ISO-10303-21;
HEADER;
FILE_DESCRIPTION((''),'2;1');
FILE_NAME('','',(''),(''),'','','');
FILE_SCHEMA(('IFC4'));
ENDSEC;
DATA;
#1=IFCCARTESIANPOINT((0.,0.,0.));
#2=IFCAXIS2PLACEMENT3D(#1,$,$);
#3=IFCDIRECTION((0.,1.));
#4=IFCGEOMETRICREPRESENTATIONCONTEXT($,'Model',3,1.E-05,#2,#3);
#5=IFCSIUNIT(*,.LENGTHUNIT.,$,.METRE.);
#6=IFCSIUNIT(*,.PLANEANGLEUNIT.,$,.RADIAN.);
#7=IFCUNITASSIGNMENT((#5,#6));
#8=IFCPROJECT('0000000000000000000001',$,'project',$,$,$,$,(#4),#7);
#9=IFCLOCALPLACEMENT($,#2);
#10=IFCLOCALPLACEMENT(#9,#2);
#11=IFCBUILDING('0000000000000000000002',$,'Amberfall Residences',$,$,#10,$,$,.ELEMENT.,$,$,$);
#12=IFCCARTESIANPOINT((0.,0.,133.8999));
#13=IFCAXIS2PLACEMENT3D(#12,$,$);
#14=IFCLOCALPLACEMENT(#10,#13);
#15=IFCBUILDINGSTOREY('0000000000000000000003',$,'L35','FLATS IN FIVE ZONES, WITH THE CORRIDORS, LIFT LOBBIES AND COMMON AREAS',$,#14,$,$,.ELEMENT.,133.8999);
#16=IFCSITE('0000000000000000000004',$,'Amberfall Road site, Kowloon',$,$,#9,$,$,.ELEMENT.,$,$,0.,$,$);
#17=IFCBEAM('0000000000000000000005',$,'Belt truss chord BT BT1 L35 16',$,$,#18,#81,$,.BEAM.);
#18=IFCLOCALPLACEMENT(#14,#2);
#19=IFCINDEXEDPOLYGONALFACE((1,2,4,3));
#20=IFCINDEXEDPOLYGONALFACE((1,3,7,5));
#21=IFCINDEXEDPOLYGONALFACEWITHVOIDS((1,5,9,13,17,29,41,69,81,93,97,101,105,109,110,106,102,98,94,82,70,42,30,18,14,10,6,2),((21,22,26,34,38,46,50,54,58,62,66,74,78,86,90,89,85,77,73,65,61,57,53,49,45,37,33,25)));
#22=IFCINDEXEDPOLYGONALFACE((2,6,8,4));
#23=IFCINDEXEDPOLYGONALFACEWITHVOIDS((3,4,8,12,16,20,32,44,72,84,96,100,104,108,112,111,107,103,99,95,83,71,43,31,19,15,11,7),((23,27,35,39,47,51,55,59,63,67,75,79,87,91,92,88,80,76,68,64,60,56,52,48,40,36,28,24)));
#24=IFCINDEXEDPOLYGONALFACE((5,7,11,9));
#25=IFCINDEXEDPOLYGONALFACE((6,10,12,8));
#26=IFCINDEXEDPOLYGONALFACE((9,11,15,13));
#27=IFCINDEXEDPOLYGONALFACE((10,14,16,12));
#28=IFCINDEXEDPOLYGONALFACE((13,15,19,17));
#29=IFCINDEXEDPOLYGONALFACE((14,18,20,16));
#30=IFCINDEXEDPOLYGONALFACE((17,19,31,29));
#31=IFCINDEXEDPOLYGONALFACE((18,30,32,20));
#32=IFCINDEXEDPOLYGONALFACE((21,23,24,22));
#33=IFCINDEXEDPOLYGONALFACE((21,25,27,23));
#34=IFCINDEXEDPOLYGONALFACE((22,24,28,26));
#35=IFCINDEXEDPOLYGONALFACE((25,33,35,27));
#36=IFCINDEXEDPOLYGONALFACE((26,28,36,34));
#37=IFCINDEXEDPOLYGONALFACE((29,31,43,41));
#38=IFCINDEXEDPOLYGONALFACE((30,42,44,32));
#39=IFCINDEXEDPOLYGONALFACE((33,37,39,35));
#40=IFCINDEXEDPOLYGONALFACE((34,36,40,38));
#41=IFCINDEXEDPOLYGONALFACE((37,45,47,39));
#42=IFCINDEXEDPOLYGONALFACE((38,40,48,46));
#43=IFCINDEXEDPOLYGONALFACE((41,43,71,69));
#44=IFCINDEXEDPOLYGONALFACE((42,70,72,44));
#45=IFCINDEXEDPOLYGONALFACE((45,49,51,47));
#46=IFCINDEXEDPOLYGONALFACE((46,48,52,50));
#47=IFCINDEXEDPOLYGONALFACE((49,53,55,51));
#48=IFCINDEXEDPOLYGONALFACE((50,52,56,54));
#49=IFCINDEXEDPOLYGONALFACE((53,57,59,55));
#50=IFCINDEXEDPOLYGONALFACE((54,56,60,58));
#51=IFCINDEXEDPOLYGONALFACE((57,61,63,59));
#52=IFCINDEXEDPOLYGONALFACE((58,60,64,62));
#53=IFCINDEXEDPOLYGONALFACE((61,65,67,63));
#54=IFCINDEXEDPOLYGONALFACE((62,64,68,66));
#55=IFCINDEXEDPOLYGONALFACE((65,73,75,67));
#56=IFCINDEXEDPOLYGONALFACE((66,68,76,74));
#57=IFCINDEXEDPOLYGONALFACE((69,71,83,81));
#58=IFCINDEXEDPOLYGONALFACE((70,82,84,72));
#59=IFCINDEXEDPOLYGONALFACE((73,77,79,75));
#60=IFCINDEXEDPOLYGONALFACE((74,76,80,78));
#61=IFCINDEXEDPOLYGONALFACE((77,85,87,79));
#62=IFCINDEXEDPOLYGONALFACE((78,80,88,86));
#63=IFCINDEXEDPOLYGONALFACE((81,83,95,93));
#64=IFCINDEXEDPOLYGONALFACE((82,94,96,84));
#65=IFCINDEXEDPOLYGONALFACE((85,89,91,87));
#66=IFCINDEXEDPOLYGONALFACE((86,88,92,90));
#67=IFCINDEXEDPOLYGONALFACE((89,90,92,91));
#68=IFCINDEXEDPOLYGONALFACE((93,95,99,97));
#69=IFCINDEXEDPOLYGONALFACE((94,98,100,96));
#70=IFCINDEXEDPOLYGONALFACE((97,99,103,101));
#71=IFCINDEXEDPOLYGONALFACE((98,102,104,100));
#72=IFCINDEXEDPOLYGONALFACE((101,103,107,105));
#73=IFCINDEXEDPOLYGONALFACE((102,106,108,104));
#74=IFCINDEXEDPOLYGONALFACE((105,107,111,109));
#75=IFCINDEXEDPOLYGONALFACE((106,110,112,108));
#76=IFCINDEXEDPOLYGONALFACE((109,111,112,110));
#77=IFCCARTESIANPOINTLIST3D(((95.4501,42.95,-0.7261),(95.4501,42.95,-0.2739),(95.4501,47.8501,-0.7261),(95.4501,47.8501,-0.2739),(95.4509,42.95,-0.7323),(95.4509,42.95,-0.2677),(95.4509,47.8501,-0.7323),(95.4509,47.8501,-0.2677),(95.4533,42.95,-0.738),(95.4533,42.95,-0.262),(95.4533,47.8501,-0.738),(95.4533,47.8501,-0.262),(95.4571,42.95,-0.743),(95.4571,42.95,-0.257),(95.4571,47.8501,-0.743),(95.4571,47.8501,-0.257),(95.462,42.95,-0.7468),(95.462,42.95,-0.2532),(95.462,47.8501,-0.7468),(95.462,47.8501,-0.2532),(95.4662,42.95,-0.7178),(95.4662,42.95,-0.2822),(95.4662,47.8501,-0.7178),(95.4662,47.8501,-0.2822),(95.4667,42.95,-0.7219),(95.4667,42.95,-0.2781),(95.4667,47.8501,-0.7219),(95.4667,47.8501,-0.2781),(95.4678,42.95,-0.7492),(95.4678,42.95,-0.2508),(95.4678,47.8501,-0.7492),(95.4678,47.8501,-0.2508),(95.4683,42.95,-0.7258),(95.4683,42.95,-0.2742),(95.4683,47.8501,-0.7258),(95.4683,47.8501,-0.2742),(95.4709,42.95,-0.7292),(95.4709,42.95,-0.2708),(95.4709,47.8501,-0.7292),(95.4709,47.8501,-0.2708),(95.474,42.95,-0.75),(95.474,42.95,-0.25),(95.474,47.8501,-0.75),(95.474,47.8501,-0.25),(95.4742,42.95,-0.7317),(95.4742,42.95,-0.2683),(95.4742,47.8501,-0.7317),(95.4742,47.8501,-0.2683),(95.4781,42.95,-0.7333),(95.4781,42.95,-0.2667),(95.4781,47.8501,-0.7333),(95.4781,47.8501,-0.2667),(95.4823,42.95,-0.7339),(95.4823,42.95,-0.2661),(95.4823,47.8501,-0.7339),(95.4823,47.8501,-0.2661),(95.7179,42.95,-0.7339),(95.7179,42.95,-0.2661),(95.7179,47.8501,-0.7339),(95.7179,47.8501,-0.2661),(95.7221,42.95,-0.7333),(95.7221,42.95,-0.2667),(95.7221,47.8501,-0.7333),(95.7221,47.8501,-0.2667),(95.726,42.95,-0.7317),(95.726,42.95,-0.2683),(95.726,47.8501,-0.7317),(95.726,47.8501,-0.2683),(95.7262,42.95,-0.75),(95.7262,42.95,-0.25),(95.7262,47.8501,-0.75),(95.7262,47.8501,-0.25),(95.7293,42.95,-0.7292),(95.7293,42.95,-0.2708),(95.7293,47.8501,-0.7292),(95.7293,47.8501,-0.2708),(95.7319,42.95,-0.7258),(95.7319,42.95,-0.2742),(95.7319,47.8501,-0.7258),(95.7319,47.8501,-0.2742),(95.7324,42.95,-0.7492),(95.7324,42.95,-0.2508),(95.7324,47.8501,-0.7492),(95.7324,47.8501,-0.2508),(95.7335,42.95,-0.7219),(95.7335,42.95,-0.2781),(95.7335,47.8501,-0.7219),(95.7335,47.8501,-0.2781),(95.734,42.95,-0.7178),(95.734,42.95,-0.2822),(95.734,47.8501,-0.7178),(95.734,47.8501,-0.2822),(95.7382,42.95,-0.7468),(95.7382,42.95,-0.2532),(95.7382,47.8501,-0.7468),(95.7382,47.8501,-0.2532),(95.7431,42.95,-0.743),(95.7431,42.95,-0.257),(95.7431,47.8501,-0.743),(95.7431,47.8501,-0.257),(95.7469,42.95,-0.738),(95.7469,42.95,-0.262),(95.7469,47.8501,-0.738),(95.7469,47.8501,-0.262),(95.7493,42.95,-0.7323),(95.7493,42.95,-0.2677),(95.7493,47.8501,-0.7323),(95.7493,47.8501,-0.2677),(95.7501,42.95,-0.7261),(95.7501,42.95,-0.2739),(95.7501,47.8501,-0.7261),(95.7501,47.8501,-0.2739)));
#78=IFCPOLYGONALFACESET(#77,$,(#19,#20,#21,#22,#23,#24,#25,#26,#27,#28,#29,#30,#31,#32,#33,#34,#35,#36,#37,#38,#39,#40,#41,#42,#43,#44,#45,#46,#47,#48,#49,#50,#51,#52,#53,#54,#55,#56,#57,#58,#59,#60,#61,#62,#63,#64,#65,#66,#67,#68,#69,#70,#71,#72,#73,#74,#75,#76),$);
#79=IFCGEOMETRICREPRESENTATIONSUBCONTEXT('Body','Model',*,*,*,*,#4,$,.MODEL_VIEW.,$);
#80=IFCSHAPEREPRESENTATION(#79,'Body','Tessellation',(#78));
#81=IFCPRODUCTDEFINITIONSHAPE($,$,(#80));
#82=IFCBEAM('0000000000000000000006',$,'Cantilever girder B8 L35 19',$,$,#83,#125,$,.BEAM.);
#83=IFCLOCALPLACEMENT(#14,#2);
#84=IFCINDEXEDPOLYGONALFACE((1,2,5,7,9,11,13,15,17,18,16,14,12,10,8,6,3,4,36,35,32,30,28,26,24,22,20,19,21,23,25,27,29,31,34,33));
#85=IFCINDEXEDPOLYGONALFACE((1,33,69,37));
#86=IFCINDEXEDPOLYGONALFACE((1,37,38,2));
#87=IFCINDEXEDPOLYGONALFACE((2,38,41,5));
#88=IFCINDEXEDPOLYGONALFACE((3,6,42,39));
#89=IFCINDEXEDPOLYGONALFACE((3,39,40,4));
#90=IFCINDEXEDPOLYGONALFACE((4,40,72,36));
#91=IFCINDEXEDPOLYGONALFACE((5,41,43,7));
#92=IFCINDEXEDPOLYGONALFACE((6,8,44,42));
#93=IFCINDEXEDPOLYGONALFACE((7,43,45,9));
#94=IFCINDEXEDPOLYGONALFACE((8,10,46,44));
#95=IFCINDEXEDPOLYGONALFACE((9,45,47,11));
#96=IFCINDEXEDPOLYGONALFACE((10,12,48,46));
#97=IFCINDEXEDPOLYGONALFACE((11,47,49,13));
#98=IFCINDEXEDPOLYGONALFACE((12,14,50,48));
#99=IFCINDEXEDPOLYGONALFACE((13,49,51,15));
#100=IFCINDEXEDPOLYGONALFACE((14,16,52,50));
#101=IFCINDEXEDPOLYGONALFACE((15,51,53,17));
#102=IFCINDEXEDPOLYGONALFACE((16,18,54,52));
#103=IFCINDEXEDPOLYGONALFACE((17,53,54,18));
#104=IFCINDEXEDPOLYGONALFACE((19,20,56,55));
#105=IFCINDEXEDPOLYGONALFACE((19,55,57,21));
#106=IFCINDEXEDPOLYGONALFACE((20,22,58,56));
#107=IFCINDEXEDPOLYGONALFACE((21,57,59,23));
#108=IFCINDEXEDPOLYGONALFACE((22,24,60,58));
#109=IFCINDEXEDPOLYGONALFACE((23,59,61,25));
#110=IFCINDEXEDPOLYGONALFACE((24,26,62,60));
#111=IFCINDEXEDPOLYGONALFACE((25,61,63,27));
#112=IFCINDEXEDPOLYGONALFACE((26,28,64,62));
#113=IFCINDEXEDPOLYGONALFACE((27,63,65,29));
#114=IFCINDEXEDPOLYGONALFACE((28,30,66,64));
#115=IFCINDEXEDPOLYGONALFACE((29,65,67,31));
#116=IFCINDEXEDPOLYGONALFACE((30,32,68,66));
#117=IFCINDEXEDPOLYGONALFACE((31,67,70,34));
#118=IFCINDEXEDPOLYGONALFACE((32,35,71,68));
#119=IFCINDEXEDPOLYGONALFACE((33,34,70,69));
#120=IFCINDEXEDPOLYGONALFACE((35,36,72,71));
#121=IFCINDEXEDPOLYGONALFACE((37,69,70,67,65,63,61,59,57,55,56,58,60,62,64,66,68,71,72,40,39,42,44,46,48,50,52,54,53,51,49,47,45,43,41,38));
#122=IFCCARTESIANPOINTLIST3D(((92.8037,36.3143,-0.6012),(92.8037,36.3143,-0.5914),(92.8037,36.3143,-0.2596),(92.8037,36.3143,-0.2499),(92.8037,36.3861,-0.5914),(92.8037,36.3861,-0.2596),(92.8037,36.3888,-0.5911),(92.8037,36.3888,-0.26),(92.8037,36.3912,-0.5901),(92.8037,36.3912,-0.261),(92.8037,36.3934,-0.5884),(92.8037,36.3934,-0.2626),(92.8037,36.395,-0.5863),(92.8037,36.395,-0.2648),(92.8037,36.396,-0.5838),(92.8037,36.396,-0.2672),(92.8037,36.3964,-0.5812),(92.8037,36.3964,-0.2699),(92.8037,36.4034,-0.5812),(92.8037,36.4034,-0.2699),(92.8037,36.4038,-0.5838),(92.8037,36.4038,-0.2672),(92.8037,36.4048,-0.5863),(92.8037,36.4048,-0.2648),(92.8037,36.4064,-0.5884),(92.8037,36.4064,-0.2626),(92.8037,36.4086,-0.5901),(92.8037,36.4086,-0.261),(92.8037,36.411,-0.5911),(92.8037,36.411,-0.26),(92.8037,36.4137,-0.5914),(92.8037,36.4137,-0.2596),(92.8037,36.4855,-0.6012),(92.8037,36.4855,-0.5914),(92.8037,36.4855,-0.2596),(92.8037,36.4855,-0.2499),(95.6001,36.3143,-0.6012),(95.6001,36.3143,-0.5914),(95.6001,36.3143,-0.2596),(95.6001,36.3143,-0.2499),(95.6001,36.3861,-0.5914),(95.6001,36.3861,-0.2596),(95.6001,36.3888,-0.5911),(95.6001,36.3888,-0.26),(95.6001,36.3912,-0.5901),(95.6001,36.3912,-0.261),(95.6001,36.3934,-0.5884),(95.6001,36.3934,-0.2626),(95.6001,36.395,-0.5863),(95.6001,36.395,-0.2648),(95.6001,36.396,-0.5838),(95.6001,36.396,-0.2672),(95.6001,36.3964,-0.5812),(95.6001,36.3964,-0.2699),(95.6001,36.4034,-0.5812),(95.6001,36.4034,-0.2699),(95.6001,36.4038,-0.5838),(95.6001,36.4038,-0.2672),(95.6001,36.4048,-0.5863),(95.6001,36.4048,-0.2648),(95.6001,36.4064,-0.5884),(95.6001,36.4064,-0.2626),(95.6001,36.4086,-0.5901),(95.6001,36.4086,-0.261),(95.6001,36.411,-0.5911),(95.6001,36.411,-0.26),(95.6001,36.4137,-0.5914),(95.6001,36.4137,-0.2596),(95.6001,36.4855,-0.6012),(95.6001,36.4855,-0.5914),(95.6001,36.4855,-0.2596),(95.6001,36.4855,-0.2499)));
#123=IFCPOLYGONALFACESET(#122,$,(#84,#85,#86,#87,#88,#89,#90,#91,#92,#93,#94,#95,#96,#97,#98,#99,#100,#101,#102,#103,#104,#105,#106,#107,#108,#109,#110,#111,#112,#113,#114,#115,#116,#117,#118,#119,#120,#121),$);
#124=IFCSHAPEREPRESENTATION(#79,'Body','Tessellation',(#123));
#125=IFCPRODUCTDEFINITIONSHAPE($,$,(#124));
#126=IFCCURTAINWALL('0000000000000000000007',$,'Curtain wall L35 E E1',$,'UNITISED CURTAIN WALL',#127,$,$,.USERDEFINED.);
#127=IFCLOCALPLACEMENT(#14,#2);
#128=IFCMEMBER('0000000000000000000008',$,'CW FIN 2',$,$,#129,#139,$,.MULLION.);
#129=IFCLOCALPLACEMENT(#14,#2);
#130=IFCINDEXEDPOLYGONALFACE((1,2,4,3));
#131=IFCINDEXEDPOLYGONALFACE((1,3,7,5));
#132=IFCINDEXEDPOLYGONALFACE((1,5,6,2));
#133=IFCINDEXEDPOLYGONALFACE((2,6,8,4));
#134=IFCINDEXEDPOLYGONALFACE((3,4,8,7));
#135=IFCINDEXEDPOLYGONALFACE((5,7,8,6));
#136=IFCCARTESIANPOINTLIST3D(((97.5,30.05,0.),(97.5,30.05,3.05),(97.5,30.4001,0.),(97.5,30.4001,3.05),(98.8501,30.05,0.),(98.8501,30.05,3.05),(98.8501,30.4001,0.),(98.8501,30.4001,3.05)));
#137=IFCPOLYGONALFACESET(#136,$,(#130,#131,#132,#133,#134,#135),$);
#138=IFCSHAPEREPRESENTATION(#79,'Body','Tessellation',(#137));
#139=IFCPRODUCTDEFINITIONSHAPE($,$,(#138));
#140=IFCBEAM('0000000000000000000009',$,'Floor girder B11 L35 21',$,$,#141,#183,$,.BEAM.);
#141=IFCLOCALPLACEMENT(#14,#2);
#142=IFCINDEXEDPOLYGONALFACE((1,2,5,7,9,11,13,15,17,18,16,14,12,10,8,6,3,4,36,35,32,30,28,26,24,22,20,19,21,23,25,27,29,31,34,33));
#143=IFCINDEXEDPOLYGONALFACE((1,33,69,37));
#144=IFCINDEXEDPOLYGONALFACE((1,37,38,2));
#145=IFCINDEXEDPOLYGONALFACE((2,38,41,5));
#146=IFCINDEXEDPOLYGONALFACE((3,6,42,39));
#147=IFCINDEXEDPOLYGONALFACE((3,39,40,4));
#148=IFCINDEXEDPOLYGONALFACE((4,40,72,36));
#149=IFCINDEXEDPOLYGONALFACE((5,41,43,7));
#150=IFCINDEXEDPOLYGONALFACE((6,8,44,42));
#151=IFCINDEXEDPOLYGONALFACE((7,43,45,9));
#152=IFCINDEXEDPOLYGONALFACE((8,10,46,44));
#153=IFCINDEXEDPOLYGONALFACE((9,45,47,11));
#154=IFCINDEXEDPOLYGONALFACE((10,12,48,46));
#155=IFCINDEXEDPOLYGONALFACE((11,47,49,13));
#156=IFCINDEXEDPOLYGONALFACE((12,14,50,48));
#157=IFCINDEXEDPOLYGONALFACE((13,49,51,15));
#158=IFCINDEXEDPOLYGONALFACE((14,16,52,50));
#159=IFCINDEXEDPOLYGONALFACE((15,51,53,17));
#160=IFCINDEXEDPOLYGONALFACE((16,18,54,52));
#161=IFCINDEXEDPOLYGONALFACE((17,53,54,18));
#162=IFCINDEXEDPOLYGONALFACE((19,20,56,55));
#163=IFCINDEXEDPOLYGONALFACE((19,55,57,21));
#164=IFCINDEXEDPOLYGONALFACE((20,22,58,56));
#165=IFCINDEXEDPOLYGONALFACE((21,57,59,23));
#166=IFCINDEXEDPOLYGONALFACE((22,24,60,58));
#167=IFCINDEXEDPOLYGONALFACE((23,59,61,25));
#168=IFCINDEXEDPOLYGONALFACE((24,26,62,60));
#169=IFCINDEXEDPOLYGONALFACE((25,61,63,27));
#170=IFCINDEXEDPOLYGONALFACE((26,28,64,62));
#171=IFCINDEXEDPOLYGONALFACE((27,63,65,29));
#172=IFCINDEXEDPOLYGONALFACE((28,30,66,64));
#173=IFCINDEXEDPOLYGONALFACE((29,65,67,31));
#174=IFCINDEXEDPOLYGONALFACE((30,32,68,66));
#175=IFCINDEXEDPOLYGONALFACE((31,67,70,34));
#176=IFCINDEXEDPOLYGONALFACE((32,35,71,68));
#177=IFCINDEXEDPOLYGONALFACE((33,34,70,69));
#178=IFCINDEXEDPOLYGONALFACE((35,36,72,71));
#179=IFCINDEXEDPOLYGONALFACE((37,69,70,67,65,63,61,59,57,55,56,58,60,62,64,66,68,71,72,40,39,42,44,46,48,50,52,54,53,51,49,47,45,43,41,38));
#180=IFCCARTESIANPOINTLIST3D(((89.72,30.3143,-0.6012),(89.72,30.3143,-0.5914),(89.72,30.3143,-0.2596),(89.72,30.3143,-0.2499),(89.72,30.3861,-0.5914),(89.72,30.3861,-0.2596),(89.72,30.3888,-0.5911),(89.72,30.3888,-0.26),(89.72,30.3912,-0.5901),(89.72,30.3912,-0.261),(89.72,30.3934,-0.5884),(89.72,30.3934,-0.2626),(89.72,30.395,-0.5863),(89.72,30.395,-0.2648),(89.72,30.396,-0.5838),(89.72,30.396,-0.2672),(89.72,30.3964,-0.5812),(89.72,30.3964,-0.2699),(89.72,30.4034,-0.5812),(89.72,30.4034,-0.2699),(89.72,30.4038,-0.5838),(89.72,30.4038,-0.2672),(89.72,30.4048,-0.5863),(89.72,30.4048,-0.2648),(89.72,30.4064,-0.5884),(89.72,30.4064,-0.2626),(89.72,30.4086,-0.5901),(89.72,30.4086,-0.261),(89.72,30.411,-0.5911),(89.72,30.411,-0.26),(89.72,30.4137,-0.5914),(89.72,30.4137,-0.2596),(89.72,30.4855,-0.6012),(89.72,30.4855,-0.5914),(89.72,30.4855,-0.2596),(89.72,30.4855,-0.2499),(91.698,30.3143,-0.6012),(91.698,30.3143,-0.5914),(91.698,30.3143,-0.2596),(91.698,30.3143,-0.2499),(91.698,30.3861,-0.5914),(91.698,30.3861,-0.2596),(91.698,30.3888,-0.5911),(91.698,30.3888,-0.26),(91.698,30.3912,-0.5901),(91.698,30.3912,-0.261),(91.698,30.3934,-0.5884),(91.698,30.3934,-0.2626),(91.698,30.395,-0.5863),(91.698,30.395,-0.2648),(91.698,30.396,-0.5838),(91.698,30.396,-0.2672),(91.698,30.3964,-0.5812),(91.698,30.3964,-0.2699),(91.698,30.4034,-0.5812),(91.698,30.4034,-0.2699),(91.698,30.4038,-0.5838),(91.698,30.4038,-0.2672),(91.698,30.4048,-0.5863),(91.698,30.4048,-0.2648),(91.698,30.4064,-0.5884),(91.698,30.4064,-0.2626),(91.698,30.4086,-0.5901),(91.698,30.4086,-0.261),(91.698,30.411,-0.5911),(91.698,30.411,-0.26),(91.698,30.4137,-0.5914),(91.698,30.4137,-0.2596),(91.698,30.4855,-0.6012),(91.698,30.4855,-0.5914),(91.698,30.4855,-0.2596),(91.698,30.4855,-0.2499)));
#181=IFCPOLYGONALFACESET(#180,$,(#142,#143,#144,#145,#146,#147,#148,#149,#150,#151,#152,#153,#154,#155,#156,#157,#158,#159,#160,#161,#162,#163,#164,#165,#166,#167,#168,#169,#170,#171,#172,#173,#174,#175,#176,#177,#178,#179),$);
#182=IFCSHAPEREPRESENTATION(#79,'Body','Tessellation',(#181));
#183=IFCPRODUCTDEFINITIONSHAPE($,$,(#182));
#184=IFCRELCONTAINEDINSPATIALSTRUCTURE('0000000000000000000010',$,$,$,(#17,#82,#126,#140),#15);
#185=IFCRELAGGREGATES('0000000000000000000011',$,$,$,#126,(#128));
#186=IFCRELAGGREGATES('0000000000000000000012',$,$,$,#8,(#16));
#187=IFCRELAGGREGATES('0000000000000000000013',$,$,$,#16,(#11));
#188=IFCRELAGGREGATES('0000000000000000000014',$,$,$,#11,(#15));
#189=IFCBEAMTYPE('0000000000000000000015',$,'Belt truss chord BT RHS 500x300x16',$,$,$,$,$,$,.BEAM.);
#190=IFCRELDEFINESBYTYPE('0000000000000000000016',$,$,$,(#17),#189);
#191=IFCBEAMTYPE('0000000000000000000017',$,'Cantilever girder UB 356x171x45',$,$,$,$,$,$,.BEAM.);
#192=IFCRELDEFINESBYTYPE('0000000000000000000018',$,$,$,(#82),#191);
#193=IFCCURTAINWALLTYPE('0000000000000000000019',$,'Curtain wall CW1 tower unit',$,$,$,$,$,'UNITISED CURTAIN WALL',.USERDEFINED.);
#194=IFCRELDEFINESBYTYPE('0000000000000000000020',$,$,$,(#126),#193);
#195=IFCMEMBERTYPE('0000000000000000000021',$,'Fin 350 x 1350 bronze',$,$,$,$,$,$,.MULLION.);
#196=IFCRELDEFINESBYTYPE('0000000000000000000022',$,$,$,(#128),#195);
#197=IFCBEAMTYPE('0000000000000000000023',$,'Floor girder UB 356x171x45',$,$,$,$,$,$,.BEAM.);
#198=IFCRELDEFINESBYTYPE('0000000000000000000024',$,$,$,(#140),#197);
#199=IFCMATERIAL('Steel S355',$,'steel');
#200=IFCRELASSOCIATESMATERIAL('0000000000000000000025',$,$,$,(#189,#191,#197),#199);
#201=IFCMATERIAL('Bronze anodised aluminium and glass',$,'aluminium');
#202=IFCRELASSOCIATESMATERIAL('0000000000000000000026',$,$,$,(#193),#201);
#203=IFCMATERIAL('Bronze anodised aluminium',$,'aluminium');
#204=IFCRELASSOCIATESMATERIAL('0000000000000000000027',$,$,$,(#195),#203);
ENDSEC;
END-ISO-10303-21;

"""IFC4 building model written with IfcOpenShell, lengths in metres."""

from ifc_helpers import new_model, si_unit, direction, frame, origin, origin_2d, place, context, subcontext, project, spatial, rectangle, hollow_rectangle, i_section, extrude, material, material_profile, profile_set, type_object, element, aggregate, save


model = new_model("IFC4")

# Units and contexts
model_context = context("Model", 3, precision=1e-05, world=origin(), true_north=direction((0.0, 1.0)))
body_context = subcontext(model_context, "Body", "Model", "MODEL_VIEW")
ifc_project = project(units=[si_unit("LENGTHUNIT", "METRE"), si_unit("PLANEANGLEUNIT", "RADIAN")], contexts=[model_context])

# Site, building, storey
site_placement = place(None, origin())
site = spatial("IfcSite", under=ifc_project, at=site_placement, Name="Amberfall Road site, Kowloon", CompositionType="ELEMENT", RefElevation=0.0)
building_placement = place(site_placement, origin())
building = spatial("IfcBuilding", under=site, at=building_placement, Name="Amberfall Residences", CompositionType="ELEMENT")
storey_placement = place(building_placement, frame((0.0, 0.0, 133.8999)))
storey = spatial("IfcBuildingStorey", under=building, at=storey_placement, Name="L35", Description="FLATS IN FIVE ZONES, WITH THE CORRIDORS, LIFT LOBBIES AND COMMON AREAS", CompositionType="ELEMENT", Elevation=133.8999)

# Beams
ifc_material_1 = material(Name="Steel S355", Category="steel")
ifc_material_profile_1 = material_profile(ifc_material_1, hollow_rectangle(XDim=0.3, YDim=0.5, WallThickness=0.0161, InnerFilletRadius=0.0161, OuterFilletRadius=0.0239, at=origin_2d()), Name="RHS 500x300x16")
ifc_profile_set_1 = profile_set([ifc_material_profile_1], Name="Steel S355")
beam_type_1 = type_object("IfcBeamType", Name="Belt truss chord BT RHS 500x300x16", PredefinedType="BEAM", material=ifc_profile_set_1)
beam_1_placement = place(storey_placement, frame((95.6001, 42.95, -0.5), z_axis=(0.0, 1.0, 0.0), x_axis=(-1.0, 0.0, 0.0)))
element("IfcBeam", 1, at=beam_1_placement, inside=storey, type_object=beam_type_1, Name="Belt truss chord BT BT1 L35 16", PredefinedType="BEAM", context=body_context, shape_type="SweptSolid", body=[
    extrude(hollow_rectangle(XDim=0.3, YDim=0.5, WallThickness=0.0161, InnerFilletRadius=0.0161, OuterFilletRadius=0.0239, at=origin_2d()), origin(), (0.0, 0.0, 1.0), 4.9001),
])
ifc_material_profile_2 = material_profile(ifc_material_1, i_section(OverallWidth=0.1711, OverallDepth=0.3513, WebThickness=0.0071, FlangeThickness=0.0098, FilletRadius=0.0103, at=origin_2d()), Name="UB 356x171x45")
ifc_profile_set_2 = profile_set([ifc_material_profile_2], Name="Steel S355")
beam_type_2 = type_object("IfcBeamType", Name="Cantilever girder UB 356x171x45", PredefinedType="BEAM", material=ifc_profile_set_2)
beam_2_placement = place(storey_placement, frame((92.8037, 36.3999, -0.4255), z_axis=(1.0, 0.0, 0.0), x_axis=(0.0, 1.0, 0.0)))
element("IfcBeam", 2, at=beam_2_placement, inside=storey, type_object=beam_type_2, Name="Cantilever girder B8 L35 19", PredefinedType="BEAM", context=body_context, shape_type="SweptSolid", body=[
    extrude(i_section(OverallWidth=0.1711, OverallDepth=0.3513, WebThickness=0.0071, FlangeThickness=0.0098, FilletRadius=0.0103, at=origin_2d()), origin(), (0.0, 0.0, 1.0), 2.7964),
])

# Curtain wall, member
ifc_material_2 = material(Name="Bronze anodised aluminium and glass", Category="aluminium")
curtain_wall_type = type_object("IfcCurtainWallType", Name="Curtain wall CW1 tower unit", ElementType="UNITISED CURTAIN WALL", PredefinedType="USERDEFINED", material=ifc_material_2)
curtain_wall_placement = place(storey_placement, origin())
curtain_wall = element("IfcCurtainWall", 3, at=curtain_wall_placement, inside=storey, type_object=curtain_wall_type, Name="Curtain wall L35 E E1", ObjectType="UNITISED CURTAIN WALL", PredefinedType="USERDEFINED")
ifc_material_3 = material(Name="Bronze anodised aluminium", Category="aluminium")
ifc_material_profile_3 = material_profile(ifc_material_3, rectangle(XDim=1.3501, YDim=0.3501, at=origin_2d()), Name="Fin 350 x 1350 bronze")
ifc_profile_set_3 = profile_set([ifc_material_profile_3], Name="Bronze anodised aluminium")
member_type = type_object("IfcMemberType", Name="Fin 350 x 1350 bronze", PredefinedType="MULLION", material=ifc_profile_set_3)
member_placement = place(storey_placement, frame((98.175, 30.2251, 0.0), z_axis=(0.0, 0.0, 1.0), x_axis=(-1.0, 0.0, 0.0)))
member = element("IfcMember", 4, at=member_placement, type_object=member_type, Name="CW FIN 2", PredefinedType="MULLION", context=body_context, shape_type="SweptSolid", body=[
    extrude(rectangle(XDim=1.3501, YDim=0.3501, at=origin_2d()), origin(), (0.0, 0.0, 1.0), 3.05),
])
aggregate(curtain_wall, [member])

# Beam
ifc_material_profile_4 = material_profile(ifc_material_1, i_section(OverallWidth=0.1711, OverallDepth=0.3513, WebThickness=0.0071, FlangeThickness=0.0098, FilletRadius=0.0103, at=origin_2d()), Name="UB 356x171x45")
ifc_profile_set_4 = profile_set([ifc_material_profile_4], Name="Steel S355")
beam_type_3 = type_object("IfcBeamType", Name="Floor girder UB 356x171x45", PredefinedType="BEAM", material=ifc_profile_set_4)
beam_3_placement = place(storey_placement, frame((91.698, 30.3999, -0.4255), z_axis=(-1.0, 0.0, 0.0), x_axis=(0.0, -1.0, 0.0)))
element("IfcBeam", 5, at=beam_3_placement, inside=storey, type_object=beam_type_3, Name="Floor girder B11 L35 21", PredefinedType="BEAM", context=body_context, shape_type="SweptSolid", body=[
    extrude(i_section(OverallWidth=0.1711, OverallDepth=0.3513, WebThickness=0.0071, FlangeThickness=0.0098, FilletRadius=0.0103, at=origin_2d()), origin(), (0.0, 0.0, 1.0), 1.978),
])

save(model, "model.ifc")
